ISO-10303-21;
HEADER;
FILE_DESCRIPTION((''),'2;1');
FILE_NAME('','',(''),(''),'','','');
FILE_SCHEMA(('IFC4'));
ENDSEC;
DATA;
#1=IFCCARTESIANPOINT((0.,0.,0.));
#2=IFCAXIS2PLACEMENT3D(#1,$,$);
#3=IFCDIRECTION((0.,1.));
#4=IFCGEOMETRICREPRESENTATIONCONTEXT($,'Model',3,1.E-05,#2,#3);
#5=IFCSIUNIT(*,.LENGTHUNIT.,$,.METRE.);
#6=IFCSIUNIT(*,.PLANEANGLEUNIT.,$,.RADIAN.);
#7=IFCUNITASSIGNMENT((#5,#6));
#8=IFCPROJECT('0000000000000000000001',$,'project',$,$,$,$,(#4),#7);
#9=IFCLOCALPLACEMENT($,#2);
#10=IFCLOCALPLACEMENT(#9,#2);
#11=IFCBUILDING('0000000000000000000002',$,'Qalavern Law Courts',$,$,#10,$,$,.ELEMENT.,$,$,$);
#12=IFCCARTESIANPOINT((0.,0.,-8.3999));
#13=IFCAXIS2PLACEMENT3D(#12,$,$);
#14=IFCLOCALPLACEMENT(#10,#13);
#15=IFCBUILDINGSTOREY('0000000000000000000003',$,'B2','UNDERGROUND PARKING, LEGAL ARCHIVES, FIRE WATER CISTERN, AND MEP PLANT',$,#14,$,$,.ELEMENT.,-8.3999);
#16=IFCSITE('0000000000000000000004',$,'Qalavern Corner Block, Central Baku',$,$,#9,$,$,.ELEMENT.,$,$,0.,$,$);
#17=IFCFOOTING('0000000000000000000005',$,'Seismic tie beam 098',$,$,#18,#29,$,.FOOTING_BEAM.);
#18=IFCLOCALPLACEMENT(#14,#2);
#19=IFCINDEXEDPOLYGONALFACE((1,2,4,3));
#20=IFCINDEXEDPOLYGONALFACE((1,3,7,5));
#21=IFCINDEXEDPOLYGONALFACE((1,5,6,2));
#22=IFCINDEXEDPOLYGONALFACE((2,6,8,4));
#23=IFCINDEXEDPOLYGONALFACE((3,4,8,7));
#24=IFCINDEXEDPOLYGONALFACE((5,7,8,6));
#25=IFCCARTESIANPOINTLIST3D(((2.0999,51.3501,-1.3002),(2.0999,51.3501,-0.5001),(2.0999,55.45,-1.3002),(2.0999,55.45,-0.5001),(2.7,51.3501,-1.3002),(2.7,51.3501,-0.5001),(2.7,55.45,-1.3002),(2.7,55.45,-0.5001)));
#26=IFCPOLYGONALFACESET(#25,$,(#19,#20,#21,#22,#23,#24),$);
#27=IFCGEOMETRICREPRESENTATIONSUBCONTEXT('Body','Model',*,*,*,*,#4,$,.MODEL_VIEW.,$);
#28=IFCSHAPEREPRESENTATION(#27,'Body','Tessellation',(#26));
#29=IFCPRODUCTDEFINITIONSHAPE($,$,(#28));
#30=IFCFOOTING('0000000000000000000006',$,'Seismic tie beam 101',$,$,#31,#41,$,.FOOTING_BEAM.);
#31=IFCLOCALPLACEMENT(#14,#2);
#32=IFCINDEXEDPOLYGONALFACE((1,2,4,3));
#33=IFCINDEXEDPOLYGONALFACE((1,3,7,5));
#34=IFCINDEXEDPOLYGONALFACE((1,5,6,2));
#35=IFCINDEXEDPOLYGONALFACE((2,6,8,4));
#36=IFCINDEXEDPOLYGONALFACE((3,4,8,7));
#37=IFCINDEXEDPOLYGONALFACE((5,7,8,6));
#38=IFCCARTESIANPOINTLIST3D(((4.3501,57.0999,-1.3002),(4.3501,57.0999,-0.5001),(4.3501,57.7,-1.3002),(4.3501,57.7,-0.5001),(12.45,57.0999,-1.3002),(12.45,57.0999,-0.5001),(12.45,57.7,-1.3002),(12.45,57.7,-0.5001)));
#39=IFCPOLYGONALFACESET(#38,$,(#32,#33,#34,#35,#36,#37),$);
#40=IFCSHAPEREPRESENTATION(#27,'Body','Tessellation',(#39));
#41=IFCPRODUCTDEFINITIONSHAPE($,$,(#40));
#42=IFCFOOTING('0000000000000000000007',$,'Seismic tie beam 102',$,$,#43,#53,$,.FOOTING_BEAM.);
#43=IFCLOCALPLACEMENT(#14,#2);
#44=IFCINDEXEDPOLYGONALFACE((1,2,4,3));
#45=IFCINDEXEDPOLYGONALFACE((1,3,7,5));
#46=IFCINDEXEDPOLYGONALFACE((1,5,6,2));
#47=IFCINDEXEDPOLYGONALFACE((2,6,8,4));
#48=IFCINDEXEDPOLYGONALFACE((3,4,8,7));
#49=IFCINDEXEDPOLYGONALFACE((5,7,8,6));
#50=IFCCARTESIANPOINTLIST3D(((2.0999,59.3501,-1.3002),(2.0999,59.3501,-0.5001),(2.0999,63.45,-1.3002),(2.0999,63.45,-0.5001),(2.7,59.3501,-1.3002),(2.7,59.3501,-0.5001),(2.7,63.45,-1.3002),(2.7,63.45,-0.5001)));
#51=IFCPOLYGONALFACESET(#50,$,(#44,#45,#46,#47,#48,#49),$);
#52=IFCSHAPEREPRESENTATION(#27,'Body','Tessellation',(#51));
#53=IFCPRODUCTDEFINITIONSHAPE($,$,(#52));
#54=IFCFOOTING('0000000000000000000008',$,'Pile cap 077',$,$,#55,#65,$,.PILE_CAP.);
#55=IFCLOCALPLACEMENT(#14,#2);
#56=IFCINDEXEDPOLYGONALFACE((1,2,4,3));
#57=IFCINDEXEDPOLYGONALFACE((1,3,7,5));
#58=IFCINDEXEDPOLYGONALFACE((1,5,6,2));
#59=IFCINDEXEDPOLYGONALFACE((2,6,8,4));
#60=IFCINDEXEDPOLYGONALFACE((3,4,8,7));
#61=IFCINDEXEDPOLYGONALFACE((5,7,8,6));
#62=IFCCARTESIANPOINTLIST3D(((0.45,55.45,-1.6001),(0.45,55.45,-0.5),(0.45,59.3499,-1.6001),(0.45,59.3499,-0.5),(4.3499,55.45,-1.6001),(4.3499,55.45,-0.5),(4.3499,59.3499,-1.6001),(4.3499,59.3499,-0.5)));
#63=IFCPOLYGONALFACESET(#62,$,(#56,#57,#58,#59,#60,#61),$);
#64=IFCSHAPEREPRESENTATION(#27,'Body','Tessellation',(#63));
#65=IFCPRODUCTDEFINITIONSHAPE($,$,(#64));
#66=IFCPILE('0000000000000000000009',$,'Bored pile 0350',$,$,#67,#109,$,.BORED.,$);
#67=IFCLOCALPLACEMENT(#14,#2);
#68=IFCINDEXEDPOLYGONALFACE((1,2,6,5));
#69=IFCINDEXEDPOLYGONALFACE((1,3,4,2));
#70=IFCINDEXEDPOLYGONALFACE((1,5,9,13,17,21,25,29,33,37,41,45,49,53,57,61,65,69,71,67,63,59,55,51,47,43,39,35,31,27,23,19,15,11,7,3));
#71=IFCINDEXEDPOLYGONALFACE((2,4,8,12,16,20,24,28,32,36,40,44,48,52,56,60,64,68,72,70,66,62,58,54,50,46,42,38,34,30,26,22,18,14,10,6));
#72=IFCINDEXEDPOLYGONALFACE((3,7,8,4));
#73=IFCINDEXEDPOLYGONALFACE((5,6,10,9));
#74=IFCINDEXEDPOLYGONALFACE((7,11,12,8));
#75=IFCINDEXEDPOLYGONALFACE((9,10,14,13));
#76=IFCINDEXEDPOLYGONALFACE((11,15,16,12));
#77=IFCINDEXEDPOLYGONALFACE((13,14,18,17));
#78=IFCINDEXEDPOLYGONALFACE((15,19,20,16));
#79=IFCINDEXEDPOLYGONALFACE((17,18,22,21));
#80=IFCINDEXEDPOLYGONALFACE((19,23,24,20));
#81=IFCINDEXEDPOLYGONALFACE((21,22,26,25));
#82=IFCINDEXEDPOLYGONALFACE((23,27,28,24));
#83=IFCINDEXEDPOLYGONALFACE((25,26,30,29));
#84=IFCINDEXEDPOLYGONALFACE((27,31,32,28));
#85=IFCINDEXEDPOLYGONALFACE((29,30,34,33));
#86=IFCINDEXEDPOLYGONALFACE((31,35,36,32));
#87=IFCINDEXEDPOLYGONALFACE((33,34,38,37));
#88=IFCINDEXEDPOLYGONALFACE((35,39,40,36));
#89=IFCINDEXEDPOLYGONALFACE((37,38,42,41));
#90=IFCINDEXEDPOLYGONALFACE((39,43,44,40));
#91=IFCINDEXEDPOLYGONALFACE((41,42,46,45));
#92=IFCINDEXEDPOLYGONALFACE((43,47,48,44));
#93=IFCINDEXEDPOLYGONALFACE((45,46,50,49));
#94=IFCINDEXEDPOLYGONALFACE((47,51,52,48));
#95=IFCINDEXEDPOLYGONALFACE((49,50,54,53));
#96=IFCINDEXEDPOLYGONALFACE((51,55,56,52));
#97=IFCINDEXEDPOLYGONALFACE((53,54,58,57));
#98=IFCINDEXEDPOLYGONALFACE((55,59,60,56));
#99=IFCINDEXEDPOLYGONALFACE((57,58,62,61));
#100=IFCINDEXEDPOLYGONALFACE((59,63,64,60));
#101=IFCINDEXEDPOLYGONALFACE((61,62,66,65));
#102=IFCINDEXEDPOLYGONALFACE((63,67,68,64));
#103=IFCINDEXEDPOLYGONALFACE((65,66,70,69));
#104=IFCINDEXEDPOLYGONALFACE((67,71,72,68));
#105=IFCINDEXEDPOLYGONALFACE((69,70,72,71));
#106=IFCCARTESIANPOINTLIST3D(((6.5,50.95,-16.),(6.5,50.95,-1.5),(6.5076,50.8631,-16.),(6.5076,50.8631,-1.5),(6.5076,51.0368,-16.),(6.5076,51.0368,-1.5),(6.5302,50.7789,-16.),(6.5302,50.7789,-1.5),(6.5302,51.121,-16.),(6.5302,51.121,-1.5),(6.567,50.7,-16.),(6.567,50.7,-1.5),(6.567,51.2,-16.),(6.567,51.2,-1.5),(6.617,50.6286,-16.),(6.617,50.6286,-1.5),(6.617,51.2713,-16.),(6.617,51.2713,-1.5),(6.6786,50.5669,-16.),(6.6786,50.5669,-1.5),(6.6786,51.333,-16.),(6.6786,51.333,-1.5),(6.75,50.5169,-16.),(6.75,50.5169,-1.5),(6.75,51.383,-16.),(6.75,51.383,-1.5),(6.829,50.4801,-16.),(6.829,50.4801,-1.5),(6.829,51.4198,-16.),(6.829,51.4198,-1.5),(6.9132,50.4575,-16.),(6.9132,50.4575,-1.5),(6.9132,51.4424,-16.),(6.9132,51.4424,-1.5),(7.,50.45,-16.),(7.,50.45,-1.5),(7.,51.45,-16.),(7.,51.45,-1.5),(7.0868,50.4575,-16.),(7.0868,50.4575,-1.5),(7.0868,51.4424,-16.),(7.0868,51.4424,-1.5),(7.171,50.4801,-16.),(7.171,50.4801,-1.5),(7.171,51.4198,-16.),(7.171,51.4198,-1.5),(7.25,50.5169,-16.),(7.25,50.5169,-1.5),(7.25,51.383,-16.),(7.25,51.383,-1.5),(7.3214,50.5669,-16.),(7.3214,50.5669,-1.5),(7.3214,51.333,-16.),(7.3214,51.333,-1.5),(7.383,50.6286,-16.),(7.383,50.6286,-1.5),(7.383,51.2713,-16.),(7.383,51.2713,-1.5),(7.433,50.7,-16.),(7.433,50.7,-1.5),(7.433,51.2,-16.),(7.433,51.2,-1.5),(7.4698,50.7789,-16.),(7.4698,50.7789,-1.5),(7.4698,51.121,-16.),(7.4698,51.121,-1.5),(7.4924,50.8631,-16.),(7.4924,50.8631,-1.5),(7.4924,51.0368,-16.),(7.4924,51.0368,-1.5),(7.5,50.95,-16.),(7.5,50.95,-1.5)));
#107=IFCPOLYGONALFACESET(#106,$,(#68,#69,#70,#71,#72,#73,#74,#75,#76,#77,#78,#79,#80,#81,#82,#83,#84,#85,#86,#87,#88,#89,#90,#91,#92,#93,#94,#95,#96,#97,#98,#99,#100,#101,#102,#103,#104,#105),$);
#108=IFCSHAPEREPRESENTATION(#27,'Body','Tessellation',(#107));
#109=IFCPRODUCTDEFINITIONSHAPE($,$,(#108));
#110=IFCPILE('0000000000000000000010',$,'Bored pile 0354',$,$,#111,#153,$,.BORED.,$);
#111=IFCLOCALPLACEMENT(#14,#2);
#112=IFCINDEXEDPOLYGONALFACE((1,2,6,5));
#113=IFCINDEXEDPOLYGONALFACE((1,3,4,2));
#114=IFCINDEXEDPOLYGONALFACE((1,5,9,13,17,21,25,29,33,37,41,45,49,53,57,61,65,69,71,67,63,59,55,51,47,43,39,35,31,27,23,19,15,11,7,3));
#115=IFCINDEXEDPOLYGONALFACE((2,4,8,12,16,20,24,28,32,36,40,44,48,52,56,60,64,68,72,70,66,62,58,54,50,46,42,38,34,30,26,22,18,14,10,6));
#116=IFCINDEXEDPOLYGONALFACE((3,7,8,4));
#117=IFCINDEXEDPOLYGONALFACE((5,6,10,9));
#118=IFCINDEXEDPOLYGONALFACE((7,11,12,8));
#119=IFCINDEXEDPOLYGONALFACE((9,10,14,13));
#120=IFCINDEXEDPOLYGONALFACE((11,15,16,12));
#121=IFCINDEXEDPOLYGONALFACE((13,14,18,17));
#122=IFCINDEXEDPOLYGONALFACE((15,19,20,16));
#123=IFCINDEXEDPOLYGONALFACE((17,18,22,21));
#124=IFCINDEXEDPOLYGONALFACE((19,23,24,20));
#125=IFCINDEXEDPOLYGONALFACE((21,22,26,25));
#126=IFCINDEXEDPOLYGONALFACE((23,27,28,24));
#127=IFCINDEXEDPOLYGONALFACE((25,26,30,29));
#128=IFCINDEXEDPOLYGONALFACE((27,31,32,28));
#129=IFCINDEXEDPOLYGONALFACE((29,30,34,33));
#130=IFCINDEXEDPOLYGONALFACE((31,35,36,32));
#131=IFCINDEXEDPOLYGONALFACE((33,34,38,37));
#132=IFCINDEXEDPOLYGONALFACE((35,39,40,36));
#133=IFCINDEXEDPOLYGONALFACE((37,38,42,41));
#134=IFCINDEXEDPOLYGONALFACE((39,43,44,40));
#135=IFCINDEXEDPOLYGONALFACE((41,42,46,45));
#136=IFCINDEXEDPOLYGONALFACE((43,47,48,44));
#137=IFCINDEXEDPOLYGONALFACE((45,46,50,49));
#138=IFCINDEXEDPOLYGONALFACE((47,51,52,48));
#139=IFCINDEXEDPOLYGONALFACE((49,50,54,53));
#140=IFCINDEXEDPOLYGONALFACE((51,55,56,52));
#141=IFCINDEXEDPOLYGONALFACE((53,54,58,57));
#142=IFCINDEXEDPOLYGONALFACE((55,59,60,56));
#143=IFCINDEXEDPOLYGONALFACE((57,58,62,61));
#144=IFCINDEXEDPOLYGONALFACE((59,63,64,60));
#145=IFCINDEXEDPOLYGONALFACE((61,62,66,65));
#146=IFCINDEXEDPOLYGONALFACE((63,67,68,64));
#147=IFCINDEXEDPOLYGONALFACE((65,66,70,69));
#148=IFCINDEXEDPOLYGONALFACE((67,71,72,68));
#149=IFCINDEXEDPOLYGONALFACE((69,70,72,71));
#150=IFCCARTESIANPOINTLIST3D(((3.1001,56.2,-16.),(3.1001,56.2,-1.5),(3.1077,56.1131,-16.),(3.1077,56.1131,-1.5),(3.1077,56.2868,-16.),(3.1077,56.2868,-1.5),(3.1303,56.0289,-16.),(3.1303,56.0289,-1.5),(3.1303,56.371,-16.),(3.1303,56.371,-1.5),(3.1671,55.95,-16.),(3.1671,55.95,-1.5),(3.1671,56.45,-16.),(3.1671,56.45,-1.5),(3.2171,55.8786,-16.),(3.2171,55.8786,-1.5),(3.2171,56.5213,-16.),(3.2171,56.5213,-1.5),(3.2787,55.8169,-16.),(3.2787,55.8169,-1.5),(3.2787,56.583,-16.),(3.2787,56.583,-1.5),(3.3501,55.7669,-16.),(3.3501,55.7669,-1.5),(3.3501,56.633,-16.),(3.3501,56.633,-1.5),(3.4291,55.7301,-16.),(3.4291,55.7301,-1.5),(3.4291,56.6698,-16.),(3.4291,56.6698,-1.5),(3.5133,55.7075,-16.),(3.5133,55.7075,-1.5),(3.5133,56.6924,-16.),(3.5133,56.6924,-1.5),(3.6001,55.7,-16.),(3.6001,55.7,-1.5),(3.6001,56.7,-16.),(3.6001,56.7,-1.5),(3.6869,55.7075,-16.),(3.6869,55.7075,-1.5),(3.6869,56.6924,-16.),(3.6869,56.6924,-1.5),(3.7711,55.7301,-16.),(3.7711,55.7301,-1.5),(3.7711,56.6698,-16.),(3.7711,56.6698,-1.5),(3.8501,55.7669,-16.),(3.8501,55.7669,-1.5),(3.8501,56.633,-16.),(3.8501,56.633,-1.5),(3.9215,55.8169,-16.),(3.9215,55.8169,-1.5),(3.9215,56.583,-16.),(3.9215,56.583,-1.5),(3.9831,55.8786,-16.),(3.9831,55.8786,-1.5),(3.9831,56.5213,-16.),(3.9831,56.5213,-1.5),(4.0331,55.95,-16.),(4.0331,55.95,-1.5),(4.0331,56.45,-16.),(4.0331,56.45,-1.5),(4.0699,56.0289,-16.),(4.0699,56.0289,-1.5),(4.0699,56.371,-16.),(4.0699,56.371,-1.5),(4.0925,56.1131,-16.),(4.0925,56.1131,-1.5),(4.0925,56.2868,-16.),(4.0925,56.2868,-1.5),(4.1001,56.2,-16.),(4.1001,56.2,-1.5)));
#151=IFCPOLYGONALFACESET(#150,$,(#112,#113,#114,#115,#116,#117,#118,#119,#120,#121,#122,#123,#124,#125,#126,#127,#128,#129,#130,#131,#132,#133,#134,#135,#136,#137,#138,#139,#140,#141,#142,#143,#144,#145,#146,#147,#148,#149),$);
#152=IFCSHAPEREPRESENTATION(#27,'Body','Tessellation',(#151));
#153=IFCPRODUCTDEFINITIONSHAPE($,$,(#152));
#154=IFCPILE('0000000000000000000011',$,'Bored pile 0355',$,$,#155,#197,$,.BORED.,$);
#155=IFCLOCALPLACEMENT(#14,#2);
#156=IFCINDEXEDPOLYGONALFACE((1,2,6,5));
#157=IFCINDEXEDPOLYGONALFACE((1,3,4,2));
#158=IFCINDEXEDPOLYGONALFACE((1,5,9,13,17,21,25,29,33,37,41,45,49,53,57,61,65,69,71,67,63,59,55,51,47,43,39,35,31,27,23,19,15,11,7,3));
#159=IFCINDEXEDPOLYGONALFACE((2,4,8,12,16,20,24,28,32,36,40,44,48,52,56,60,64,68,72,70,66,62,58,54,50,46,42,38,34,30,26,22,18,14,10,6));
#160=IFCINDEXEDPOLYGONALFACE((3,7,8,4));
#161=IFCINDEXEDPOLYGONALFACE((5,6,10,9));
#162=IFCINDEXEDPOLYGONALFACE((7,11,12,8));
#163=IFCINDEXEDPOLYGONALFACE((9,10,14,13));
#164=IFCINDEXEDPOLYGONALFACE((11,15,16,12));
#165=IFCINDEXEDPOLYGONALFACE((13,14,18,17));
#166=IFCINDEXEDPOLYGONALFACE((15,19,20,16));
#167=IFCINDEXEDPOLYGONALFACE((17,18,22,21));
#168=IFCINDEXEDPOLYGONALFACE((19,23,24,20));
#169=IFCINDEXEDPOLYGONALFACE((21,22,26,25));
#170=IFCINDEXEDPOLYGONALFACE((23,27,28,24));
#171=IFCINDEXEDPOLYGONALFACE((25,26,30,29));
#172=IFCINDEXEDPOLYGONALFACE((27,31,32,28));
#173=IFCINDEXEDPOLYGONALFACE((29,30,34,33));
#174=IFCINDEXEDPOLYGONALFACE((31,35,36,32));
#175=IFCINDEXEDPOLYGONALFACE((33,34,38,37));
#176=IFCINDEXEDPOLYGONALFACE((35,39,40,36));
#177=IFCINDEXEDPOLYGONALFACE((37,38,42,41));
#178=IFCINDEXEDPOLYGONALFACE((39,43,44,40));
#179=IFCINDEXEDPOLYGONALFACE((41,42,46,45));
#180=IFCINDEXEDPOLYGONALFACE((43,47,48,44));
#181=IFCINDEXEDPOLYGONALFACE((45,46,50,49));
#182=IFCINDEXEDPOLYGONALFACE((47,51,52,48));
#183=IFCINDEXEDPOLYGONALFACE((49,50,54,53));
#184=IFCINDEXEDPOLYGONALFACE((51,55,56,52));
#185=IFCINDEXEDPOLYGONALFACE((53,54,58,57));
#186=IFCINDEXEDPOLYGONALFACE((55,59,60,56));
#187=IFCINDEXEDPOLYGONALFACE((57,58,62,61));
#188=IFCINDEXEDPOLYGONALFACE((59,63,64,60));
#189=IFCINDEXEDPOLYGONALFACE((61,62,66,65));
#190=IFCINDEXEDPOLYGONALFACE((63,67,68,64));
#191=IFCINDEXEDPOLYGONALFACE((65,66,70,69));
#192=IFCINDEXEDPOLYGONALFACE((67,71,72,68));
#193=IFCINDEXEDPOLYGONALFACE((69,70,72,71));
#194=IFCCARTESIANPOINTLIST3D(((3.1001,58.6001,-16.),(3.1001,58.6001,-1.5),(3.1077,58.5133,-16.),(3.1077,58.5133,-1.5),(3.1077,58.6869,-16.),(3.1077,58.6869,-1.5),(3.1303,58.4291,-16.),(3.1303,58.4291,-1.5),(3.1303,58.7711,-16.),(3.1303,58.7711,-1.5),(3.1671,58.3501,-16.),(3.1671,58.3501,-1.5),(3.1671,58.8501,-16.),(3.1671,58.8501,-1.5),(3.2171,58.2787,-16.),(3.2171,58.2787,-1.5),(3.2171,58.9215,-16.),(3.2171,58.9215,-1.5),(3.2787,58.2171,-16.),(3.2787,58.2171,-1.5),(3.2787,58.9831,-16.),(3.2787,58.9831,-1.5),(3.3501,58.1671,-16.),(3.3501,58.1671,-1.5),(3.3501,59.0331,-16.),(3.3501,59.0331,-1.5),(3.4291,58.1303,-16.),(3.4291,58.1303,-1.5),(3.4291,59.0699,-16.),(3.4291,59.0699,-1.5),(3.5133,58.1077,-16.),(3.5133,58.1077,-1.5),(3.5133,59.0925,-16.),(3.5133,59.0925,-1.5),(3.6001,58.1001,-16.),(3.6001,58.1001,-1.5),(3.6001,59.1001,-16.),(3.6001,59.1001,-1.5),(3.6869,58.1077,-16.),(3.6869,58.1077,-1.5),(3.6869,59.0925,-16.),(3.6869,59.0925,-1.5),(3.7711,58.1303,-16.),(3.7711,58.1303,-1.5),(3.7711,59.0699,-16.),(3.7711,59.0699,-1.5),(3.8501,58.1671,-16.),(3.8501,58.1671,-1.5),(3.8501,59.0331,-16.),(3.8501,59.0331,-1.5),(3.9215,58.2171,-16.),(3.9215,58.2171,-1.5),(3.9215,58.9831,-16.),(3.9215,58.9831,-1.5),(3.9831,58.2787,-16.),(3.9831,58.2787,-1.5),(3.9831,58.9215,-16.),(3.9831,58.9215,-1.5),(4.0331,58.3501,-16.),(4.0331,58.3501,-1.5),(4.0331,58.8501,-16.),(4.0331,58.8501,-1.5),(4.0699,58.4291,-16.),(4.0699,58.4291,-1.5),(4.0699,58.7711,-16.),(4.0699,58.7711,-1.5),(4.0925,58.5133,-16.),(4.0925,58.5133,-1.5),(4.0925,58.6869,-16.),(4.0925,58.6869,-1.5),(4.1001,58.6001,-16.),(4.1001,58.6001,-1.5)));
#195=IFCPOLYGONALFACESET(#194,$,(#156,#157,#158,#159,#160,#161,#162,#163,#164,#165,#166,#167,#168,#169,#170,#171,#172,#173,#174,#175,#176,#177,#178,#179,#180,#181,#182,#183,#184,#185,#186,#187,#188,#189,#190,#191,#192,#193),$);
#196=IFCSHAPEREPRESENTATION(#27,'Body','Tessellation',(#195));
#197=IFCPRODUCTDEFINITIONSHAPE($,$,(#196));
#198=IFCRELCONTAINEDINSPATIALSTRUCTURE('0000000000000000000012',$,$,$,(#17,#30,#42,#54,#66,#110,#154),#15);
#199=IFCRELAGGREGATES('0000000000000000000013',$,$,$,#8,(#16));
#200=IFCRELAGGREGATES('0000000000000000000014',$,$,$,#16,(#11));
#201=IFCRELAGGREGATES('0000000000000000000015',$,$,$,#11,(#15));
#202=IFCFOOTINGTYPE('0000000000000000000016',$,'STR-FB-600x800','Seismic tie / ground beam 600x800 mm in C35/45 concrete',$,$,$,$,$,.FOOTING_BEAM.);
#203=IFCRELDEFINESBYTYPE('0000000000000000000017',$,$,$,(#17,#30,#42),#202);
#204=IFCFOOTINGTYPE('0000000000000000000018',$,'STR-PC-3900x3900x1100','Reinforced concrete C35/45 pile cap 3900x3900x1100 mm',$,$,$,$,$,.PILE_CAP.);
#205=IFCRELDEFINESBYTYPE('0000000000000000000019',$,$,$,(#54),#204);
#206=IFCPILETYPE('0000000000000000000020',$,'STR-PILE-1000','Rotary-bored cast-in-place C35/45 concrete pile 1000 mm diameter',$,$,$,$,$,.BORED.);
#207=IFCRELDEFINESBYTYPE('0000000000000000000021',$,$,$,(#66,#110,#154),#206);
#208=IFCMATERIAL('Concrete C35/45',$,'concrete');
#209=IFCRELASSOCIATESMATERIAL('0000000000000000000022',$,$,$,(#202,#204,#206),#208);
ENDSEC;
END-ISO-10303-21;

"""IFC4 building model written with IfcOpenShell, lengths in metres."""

from ifc_helpers import new_model, si_unit, direction, frame, origin, origin_2d, place, context, subcontext, project, spatial, rectangle, circle, extrude, material, material_profile, profile_set, type_object, element, save


model = new_model("IFC4")

# Units and contexts
model_context = context("Model", 3, precision=1e-05, world=origin(), true_north=direction((0.0, 1.0)))
body_context = subcontext(model_context, "Body", "Model", "MODEL_VIEW")
ifc_project = project(units=[si_unit("LENGTHUNIT", "METRE"), si_unit("PLANEANGLEUNIT", "RADIAN")], contexts=[model_context])

# Site, building, storey
site_placement = place(None, origin())
site = spatial("IfcSite", under=ifc_project, at=site_placement, Name="Qalavern Corner Block, Central Baku", CompositionType="ELEMENT", RefElevation=0.0)
building_placement = place(site_placement, origin())
building = spatial("IfcBuilding", under=site, at=building_placement, Name="Qalavern Law Courts", CompositionType="ELEMENT")
storey_placement = place(building_placement, frame((0.0, 0.0, -8.3999)))
storey = spatial("IfcBuildingStorey", under=building, at=storey_placement, Name="B2", Description="UNDERGROUND PARKING, LEGAL ARCHIVES, FIRE WATER CISTERN, AND MEP PLANT", CompositionType="ELEMENT", Elevation=-8.3999)

# Footings
ifc_material_1 = material(Name="Concrete C35/45", Category="concrete")
ifc_material_profile_1 = material_profile(ifc_material_1, rectangle(XDim=0.6001, YDim=0.8, at=origin_2d()), Name="RC 600x800")
ifc_profile_set_1 = profile_set([ifc_material_profile_1], Name="Concrete C35/45")
footing_type_1 = type_object("IfcFootingType", Name="STR-FB-600x800", Description="Seismic tie / ground beam 600x800 mm in C35/45 concrete", PredefinedType="FOOTING_BEAM", material=ifc_profile_set_1)
footing_1_placement = place(storey_placement, frame((2.3999, 51.3501, -0.9001), z_axis=(0.0, 1.0, 0.0), x_axis=(-1.0, 0.0, 0.0)))
element("IfcFooting", 1, at=footing_1_placement, inside=storey, type_object=footing_type_1, Name="Seismic tie beam 098", PredefinedType="FOOTING_BEAM", context=body_context, shape_type="SweptSolid", body=[
    extrude(rectangle(XDim=0.6001, YDim=0.8, at=origin_2d()), origin(), (0.0, 0.0, 1.0), 4.0999),
])
footing_2_placement = place(storey_placement, frame((4.3501, 57.3999, -0.9001), z_axis=(1.0, 0.0, 0.0), x_axis=(0.0, 1.0, 0.0)))
element("IfcFooting", 2, at=footing_2_placement, inside=storey, type_object=footing_type_1, Name="Seismic tie beam 101", PredefinedType="FOOTING_BEAM", context=body_context, shape_type="SweptSolid", body=[
    extrude(rectangle(XDim=0.6001, YDim=0.8, at=origin_2d()), origin(), (0.0, 0.0, 1.0), 8.0999),
])
footing_3_placement = place(storey_placement, frame((2.3999, 59.3501, -0.9001), z_axis=(0.0, 1.0, 0.0), x_axis=(-1.0, 0.0, 0.0)))
element("IfcFooting", 3, at=footing_3_placement, inside=storey, type_object=footing_type_1, Name="Seismic tie beam 102", PredefinedType="FOOTING_BEAM", context=body_context, shape_type="SweptSolid", body=[
    extrude(rectangle(XDim=0.6001, YDim=0.8, at=origin_2d()), origin(), (0.0, 0.0, 1.0), 4.0999),
])
footing_type_2 = type_object("IfcFootingType", Name="STR-PC-3900x3900x1100", Description="Reinforced concrete C35/45 pile cap 3900x3900x1100 mm", PredefinedType="PILE_CAP", material=ifc_material_1)
footing_4_placement = place(storey_placement, frame((2.3999, 57.3999, -1.6001), z_axis=(0.0, 0.0, 1.0), x_axis=(1.0, 0.0, 0.0)))
element("IfcFooting", 4, at=footing_4_placement, inside=storey, type_object=footing_type_2, Name="Pile cap 077", PredefinedType="PILE_CAP", context=body_context, shape_type="SweptSolid", body=[
    extrude(rectangle(XDim=3.8999, YDim=3.8999, at=origin_2d()), origin(), (0.0, 0.0, 1.0), 1.1001),
])

# Piles
ifc_material_profile_2 = material_profile(ifc_material_1, circle(Radius=0.5, at=origin_2d()), Name="BORED PILE 1000")
ifc_profile_set_2 = profile_set([ifc_material_profile_2], Name="Concrete C35/45")
pile_type_1 = type_object("IfcPileType", Name="STR-PILE-1000", Description="Rotary-bored cast-in-place C35/45 concrete pile 1000 mm diameter", PredefinedType="BORED", material=ifc_profile_set_2)
for number, where, z_axis, x_axis, name in (
    (5, (7.0, 50.95, -1.5), (0.0, 0.0, -1.0), (1.0, 0.0, 0.0), "Bored pile 0350"),
    (6, (3.6001, 56.2, -1.5), (0.0, 0.0, -1.0), (1.0, 0.0, 0.0), "Bored pile 0354"),
    (7, (3.6001, 58.6001, -1.5), (0.0, 0.0, -1.0), (1.0, 0.0, 0.0), "Bored pile 0355"),
):
    element("IfcPile", number, at=place(storey_placement, frame(where, z_axis=z_axis, x_axis=x_axis)), inside=storey, type_object=pile_type_1, Name=name, PredefinedType="BORED", context=body_context, shape_type="SweptSolid", body=[
        extrude(circle(Radius=0.5, at=origin_2d()), origin(), (0.0, 0.0, 1.0), 14.5),
    ])

save(model, "model.ifc")
